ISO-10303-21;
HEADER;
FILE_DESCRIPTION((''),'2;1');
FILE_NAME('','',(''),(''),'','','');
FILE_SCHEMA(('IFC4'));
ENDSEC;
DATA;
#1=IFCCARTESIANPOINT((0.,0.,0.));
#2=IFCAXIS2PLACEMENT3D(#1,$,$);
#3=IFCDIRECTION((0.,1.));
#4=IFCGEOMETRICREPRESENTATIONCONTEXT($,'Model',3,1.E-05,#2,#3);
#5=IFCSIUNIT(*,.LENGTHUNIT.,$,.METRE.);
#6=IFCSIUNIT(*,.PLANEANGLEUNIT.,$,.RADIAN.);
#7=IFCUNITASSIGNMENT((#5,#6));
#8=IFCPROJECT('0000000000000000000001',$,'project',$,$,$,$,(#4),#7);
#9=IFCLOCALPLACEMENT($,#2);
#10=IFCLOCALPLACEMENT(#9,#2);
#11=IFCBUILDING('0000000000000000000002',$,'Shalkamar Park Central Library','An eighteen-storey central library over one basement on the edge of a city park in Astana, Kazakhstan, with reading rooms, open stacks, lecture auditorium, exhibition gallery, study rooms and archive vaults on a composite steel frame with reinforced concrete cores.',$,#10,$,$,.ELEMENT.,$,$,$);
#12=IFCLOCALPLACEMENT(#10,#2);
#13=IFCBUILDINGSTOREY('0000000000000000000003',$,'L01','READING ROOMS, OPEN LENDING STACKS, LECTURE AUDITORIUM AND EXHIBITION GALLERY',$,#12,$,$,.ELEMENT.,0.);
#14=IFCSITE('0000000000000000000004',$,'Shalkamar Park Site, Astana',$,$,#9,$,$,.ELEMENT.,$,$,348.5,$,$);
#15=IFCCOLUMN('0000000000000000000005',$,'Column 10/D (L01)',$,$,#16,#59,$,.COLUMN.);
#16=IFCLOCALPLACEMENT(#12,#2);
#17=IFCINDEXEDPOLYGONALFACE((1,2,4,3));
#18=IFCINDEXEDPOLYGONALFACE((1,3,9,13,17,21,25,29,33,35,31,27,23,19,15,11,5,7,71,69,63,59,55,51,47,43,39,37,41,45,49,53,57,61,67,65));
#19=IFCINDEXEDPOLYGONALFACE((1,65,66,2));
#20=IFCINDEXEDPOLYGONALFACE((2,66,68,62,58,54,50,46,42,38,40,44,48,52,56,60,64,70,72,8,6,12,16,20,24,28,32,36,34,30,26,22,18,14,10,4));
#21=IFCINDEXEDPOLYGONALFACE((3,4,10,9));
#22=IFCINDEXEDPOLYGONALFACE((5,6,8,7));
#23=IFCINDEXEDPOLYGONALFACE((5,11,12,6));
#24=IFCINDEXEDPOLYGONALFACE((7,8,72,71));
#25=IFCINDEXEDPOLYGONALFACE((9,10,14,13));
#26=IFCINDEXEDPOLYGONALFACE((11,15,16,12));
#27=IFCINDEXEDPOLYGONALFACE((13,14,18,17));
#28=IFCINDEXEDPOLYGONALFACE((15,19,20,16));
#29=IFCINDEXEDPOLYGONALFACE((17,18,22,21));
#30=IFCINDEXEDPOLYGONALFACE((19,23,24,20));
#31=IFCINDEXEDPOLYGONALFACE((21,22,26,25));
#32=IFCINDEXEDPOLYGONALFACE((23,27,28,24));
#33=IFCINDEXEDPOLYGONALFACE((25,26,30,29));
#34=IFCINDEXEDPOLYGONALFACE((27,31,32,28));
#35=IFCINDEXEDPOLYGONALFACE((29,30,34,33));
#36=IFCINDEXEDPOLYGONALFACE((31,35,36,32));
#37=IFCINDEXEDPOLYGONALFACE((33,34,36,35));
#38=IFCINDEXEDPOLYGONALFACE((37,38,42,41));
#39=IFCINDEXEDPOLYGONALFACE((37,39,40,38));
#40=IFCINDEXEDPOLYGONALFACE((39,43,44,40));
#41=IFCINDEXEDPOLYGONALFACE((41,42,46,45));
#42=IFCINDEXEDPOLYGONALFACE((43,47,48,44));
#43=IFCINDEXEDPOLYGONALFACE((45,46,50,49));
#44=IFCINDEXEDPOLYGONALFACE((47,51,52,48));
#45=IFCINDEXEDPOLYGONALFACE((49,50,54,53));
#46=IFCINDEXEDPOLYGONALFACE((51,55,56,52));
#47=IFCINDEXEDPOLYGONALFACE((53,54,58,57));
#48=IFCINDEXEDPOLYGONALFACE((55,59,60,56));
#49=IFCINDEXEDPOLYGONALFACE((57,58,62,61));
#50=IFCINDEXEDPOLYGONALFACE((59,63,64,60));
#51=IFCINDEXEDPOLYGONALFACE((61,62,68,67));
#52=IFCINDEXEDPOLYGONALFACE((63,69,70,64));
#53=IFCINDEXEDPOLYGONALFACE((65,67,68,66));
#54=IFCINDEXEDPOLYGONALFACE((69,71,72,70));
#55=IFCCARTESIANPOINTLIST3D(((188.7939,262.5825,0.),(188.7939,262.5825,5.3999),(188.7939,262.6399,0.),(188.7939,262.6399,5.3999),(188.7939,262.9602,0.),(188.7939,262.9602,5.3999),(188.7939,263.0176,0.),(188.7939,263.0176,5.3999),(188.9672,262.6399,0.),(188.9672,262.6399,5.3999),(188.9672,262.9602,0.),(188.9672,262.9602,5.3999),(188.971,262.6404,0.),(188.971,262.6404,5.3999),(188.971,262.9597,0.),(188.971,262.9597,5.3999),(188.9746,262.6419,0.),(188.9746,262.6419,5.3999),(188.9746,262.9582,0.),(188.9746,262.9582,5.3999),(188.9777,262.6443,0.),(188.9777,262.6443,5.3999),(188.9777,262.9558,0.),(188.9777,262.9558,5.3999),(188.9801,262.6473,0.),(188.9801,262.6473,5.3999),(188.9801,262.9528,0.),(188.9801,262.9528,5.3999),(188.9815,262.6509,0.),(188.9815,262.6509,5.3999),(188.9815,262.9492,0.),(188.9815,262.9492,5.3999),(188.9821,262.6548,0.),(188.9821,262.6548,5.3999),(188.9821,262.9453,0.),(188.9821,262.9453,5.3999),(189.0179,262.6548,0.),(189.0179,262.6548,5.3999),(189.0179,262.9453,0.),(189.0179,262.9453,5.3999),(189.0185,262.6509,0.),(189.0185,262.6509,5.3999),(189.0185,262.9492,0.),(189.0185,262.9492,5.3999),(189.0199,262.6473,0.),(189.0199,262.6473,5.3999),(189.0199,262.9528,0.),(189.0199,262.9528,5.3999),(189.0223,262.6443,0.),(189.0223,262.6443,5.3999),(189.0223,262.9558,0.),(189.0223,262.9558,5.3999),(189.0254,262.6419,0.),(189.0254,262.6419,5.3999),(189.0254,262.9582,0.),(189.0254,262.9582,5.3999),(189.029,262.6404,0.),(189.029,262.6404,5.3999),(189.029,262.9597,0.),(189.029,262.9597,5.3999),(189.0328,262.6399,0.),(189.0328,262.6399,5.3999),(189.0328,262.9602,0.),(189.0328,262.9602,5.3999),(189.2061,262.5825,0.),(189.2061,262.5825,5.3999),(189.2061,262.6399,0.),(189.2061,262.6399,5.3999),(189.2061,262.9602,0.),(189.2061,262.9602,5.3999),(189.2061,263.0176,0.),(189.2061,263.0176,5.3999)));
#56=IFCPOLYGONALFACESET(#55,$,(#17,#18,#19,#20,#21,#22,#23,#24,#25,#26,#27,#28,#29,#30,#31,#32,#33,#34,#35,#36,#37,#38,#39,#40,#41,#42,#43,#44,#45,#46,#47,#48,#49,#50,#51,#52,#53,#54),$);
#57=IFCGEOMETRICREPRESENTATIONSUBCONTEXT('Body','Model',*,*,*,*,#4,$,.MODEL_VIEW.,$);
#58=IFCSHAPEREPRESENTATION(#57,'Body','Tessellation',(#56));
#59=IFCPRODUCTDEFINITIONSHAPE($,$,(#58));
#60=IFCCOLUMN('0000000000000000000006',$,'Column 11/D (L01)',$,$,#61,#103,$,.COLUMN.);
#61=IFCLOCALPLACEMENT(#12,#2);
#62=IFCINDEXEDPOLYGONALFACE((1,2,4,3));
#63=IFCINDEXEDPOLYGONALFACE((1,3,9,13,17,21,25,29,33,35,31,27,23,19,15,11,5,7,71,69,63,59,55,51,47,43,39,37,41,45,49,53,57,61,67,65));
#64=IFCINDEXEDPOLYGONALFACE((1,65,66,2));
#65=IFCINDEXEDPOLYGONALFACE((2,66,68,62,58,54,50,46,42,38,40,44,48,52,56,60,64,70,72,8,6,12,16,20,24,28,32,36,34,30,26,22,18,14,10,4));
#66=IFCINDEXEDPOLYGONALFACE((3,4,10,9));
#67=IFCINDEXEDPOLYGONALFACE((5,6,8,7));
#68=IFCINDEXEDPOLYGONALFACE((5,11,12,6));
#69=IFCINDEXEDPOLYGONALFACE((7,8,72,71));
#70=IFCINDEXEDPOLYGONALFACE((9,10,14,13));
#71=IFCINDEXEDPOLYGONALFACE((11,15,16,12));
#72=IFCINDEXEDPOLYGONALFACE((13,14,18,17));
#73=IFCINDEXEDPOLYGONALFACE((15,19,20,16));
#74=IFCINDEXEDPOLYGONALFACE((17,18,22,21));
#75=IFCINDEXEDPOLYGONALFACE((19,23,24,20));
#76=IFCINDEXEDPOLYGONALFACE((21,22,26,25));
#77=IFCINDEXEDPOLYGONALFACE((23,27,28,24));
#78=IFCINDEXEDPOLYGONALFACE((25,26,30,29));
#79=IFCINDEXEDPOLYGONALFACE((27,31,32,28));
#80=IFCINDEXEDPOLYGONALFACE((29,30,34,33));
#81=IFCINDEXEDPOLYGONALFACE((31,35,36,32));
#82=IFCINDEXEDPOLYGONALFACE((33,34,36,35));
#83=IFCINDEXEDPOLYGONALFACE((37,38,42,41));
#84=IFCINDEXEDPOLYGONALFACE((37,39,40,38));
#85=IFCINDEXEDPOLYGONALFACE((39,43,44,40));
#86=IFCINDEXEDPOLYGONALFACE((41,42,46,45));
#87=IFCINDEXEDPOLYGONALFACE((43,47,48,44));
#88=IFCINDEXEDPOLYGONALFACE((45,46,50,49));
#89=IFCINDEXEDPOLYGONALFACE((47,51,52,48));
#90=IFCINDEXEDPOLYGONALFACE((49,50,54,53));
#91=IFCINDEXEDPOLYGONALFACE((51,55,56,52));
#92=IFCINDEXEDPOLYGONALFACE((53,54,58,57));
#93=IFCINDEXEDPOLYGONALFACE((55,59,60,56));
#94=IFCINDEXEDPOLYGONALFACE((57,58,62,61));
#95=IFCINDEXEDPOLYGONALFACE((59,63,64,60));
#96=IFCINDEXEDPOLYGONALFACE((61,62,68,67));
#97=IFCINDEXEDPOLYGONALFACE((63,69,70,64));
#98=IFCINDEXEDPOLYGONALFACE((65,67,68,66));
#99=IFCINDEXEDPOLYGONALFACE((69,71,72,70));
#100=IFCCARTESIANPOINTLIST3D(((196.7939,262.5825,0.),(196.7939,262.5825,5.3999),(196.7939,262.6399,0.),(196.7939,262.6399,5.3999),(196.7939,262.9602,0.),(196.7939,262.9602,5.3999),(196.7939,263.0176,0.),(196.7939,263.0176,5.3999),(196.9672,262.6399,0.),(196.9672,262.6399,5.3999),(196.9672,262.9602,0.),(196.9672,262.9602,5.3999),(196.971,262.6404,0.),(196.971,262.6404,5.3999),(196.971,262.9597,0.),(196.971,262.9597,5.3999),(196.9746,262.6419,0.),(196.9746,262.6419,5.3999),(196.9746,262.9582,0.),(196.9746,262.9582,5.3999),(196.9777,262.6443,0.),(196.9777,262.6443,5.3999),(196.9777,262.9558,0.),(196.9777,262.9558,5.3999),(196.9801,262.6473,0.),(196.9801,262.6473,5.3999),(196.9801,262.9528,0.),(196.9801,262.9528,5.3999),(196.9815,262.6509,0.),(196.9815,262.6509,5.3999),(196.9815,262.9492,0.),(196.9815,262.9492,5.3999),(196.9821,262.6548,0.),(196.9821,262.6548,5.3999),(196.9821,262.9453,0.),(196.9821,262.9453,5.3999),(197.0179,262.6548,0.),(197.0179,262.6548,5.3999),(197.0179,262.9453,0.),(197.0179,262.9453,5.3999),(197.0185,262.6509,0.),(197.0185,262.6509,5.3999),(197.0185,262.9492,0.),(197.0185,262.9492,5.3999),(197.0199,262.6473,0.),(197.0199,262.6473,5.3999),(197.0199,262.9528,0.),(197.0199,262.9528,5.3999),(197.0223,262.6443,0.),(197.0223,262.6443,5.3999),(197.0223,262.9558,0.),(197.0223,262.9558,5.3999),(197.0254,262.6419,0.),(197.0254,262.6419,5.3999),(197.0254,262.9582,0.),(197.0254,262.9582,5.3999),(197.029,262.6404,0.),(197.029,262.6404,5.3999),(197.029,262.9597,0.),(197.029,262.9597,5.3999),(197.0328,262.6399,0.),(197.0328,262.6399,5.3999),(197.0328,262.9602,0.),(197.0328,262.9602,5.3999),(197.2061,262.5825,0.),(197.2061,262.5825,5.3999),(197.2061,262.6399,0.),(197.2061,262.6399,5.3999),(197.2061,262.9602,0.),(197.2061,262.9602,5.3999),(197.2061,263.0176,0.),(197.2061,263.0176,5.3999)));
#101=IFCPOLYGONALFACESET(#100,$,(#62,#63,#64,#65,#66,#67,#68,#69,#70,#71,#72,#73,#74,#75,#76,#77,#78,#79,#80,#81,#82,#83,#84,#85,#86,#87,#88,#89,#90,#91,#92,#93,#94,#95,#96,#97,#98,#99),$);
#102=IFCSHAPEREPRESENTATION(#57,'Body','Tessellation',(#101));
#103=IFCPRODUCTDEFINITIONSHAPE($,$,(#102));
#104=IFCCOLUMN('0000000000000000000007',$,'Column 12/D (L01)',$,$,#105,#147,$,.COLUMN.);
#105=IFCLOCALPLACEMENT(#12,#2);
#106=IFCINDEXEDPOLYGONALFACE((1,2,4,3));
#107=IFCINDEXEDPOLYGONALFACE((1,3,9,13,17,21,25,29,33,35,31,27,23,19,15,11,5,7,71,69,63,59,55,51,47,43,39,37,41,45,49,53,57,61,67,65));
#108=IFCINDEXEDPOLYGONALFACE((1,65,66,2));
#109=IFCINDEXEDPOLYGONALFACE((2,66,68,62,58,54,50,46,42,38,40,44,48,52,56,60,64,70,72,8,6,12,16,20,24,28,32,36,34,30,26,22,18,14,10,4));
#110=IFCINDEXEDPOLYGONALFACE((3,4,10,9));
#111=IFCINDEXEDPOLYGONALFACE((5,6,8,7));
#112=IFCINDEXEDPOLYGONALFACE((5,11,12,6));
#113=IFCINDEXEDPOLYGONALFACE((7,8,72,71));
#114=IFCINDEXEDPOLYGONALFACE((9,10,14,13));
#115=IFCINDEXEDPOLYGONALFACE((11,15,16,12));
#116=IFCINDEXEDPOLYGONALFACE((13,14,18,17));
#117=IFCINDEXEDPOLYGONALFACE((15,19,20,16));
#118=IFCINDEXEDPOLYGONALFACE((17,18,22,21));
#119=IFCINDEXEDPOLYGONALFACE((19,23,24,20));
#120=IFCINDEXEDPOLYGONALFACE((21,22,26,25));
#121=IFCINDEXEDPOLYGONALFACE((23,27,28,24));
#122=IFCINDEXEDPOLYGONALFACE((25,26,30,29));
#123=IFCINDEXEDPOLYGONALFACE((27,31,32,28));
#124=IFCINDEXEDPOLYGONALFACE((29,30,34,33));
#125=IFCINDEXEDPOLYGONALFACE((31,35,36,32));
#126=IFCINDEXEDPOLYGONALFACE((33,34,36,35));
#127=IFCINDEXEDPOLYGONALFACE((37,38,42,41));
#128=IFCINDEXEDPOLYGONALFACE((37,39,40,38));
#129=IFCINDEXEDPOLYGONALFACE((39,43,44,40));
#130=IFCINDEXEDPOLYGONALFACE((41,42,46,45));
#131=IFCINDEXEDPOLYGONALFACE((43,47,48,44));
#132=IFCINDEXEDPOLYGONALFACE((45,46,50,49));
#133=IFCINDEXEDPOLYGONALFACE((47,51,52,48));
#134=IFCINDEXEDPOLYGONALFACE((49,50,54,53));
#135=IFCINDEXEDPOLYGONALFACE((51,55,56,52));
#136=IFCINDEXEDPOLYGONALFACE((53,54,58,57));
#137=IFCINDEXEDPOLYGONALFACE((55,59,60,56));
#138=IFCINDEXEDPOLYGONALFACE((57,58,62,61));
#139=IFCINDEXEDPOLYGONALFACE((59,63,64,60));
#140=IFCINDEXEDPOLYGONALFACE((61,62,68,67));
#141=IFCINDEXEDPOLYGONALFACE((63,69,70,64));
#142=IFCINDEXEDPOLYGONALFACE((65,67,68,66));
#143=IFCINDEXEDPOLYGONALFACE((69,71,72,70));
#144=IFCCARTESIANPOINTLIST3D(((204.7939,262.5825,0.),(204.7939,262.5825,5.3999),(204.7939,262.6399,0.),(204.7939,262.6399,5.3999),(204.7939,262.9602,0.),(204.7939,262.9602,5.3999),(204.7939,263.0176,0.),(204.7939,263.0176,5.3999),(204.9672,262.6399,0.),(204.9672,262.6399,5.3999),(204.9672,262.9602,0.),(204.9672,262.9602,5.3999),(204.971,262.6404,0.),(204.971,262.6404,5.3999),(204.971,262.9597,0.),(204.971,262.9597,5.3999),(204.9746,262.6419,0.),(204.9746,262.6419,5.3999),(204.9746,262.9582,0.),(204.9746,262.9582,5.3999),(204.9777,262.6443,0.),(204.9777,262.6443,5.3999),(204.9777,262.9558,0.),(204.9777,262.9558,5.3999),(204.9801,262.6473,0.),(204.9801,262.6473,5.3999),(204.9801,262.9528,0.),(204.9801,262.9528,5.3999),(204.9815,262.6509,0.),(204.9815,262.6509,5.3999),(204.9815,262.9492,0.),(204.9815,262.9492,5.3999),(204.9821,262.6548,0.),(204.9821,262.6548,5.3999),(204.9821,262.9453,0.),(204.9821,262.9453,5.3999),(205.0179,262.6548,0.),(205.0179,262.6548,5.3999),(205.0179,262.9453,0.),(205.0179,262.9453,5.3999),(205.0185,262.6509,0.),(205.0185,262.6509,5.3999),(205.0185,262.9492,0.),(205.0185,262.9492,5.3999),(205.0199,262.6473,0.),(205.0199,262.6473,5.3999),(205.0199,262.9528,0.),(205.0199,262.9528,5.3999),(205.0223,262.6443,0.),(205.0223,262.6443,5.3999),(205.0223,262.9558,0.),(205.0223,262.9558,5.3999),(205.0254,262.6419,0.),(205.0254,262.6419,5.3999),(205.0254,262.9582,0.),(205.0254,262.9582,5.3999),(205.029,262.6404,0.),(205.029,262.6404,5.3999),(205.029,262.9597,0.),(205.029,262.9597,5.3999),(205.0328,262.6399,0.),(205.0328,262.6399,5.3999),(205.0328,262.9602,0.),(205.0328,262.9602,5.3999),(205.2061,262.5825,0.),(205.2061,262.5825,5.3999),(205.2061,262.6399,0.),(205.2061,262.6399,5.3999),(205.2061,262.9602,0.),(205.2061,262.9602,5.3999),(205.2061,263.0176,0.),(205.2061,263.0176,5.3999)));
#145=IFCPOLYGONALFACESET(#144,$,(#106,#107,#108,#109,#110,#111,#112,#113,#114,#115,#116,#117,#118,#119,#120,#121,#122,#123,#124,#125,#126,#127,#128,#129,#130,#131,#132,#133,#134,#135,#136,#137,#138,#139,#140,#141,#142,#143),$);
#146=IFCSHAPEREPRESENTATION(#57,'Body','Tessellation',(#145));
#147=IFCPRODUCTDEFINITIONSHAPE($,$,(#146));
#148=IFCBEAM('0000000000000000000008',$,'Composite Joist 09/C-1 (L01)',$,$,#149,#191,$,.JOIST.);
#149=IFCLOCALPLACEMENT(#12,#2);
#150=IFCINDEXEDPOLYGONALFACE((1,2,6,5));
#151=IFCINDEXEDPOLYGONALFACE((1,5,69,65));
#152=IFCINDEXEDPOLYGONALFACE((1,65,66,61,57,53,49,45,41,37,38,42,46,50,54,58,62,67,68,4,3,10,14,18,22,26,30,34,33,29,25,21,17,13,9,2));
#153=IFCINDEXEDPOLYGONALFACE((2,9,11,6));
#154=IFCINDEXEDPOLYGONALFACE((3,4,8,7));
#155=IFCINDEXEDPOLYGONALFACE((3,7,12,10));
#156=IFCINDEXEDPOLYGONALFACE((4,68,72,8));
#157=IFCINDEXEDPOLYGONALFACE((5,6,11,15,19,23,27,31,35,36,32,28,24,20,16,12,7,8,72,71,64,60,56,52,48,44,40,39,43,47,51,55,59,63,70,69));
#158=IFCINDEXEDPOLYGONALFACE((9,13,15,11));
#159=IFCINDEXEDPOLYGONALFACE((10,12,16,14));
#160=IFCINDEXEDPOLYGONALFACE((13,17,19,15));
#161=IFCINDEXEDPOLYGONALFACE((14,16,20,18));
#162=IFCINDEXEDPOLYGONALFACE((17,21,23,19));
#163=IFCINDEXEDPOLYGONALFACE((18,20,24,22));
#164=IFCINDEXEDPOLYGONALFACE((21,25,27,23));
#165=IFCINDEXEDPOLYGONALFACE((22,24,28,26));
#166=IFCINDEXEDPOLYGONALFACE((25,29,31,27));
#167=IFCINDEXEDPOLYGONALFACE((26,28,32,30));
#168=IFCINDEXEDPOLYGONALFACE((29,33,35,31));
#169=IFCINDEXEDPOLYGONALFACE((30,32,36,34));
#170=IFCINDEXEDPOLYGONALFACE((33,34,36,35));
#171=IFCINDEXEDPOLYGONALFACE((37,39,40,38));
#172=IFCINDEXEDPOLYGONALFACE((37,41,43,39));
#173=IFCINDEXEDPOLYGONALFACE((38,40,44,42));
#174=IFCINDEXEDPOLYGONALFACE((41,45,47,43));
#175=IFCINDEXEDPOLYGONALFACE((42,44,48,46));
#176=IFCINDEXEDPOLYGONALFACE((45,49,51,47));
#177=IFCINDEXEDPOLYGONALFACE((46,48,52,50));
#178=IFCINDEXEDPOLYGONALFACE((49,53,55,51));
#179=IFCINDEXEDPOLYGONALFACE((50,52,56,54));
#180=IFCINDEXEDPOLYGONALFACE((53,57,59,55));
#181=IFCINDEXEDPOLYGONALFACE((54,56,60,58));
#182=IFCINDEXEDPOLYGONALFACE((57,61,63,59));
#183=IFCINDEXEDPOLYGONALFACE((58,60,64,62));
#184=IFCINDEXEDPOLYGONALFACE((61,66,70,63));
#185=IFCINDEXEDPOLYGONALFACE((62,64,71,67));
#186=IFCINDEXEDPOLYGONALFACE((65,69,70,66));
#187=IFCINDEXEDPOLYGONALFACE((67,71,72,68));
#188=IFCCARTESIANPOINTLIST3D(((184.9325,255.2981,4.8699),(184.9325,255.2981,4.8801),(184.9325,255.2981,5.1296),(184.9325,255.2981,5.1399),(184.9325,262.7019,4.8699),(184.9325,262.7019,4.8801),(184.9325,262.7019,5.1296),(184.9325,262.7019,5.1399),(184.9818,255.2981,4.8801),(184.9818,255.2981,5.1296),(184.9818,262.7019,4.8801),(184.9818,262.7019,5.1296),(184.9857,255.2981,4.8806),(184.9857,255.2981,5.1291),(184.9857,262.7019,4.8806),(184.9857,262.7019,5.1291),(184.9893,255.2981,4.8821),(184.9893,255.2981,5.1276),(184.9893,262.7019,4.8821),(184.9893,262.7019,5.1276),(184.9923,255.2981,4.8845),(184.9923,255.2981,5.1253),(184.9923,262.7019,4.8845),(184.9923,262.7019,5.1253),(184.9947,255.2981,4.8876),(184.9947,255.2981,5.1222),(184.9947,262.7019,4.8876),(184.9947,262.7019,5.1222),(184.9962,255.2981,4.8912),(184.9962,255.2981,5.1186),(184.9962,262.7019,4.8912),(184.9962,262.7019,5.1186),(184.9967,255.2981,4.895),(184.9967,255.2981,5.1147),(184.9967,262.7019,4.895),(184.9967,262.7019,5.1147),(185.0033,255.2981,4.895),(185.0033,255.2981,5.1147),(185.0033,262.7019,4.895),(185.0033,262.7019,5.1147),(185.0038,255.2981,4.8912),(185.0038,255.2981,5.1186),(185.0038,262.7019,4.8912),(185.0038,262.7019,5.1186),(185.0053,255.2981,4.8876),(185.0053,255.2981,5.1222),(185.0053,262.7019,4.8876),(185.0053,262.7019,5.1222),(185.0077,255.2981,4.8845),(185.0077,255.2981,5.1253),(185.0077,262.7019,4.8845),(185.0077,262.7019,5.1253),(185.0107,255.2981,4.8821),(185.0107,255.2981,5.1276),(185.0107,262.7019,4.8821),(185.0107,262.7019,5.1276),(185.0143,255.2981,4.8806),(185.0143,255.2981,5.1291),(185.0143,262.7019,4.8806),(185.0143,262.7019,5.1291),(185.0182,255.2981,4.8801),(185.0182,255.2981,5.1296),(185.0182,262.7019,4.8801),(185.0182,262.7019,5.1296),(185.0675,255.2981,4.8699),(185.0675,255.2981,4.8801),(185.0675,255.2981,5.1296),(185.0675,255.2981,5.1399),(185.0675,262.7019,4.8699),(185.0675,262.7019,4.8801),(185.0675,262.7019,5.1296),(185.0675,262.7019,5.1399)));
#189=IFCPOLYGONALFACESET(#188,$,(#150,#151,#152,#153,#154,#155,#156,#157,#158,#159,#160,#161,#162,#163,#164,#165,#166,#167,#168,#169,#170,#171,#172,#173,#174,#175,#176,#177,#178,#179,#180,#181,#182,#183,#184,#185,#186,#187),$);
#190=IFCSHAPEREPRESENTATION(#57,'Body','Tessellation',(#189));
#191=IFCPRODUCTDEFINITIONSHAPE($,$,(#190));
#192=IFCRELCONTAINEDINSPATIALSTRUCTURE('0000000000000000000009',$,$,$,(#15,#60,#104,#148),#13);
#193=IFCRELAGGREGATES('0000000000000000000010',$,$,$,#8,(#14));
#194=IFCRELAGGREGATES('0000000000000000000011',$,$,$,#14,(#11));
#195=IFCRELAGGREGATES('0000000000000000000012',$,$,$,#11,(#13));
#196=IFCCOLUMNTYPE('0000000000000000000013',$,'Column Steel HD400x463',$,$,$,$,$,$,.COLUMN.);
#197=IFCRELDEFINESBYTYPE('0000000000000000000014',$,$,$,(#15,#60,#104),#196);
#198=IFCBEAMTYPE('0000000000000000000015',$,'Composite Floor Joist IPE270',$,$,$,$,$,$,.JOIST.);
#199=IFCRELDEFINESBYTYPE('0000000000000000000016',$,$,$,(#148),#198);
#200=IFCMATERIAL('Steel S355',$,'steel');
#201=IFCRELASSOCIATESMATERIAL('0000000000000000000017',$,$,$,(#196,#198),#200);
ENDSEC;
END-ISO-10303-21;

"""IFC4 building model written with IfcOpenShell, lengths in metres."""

from ifc_helpers import new_model, si_unit, direction, frame, origin, origin_2d, place, context, subcontext, project, spatial, i_section, extrude, material, material_profile, profile_set, type_object, element, save


model = new_model("IFC4")

# Units and contexts
model_context = context("Model", 3, precision=1e-05, world=origin(), true_north=direction((0.0, 1.0)))
body_context = subcontext(model_context, "Body", "Model", "MODEL_VIEW")
ifc_project = project(units=[si_unit("LENGTHUNIT", "METRE"), si_unit("PLANEANGLEUNIT", "RADIAN")], contexts=[model_context])

# Site, building, storey
site_placement = place(None, origin())
site = spatial("IfcSite", under=ifc_project, at=site_placement, Name="Shalkamar Park Site, Astana", CompositionType="ELEMENT", RefElevation=348.5)
building_placement = place(site_placement, origin())
building = spatial("IfcBuilding", under=site, at=building_placement, Name="Shalkamar Park Central Library", Description="An eighteen-storey central library over one basement on the edge of a city park in Astana, Kazakhstan, with reading rooms, open stacks, lecture auditorium, exhibition gallery, study rooms and archive vaults on a composite steel frame with reinforced concrete cores.", CompositionType="ELEMENT")
storey_placement = place(building_placement, origin())
storey = spatial("IfcBuildingStorey", under=building, at=storey_placement, Name="L01", Description="READING ROOMS, OPEN LENDING STACKS, LECTURE AUDITORIUM AND EXHIBITION GALLERY", CompositionType="ELEMENT", Elevation=0.0)

# Columns
ifc_material_1 = material(Name="Steel S355", Category="steel")
ifc_material_profile_1 = material_profile(ifc_material_1, i_section(OverallWidth=0.4121, OverallDepth=0.4351, WebThickness=0.0359, FlangeThickness=0.0574, FilletRadius=0.0149, at=origin_2d()), Name="HD 400x463")
ifc_profile_set_1 = profile_set([ifc_material_profile_1], Name="Steel S355")
column_type = type_object("IfcColumnType", Name="Column Steel HD400x463", PredefinedType="COLUMN", material=ifc_profile_set_1)
for number, where, z_axis, x_axis, name in (
    (1, (189.0, 262.8, 0.0), (0.0, 0.0, 1.0), (1.0, 0.0, 0.0), "Column 10/D (L01)"),
    (2, (197.0, 262.8, 0.0), (0.0, 0.0, 1.0), (1.0, 0.0, 0.0), "Column 11/D (L01)"),
    (3, (205.0, 262.8, 0.0), (0.0, 0.0, 1.0), (1.0, 0.0, 0.0), "Column 12/D (L01)"),
):
    element("IfcColumn", number, at=place(storey_placement, frame(where, z_axis=z_axis, x_axis=x_axis)), inside=storey, type_object=column_type, Name=name, PredefinedType="COLUMN", context=body_context, shape_type="SweptSolid", body=[
        extrude(i_section(OverallWidth=0.4121, OverallDepth=0.4351, WebThickness=0.0359, FlangeThickness=0.0574, FilletRadius=0.0149, at=origin_2d()), origin(), (0.0, 0.0, 1.0), 5.3999),
    ])

# Beam
ifc_material_profile_2 = material_profile(ifc_material_1, i_section(OverallWidth=0.135, OverallDepth=0.27, WebThickness=0.0066, FlangeThickness=0.0103, FilletRadius=0.0149, at=origin_2d()), Name="IPE 270")
ifc_profile_set_2 = profile_set([ifc_material_profile_2], Name="Steel S355")
beam_type_1 = type_object("IfcBeamType", Name="Composite Floor Joist IPE270", PredefinedType="JOIST", material=ifc_profile_set_2)
beam_1_placement = place(storey_placement, frame((185.0, 255.2981, 5.0049), z_axis=(0.0, 1.0, 0.0), x_axis=(-1.0, 0.0, 0.0)))
element("IfcBeam", 4, at=beam_1_placement, inside=storey, type_object=beam_type_1, Name="Composite Joist 09/C-1 (L01)", PredefinedType="JOIST", context=body_context, shape_type="SweptSolid", body=[
    extrude(i_section(OverallWidth=0.135, OverallDepth=0.27, WebThickness=0.0066, FlangeThickness=0.0103, FilletRadius=0.0149, at=origin_2d()), origin(), (0.0, 0.0, 1.0), 7.4038),
])

save(model, "model.ifc")
